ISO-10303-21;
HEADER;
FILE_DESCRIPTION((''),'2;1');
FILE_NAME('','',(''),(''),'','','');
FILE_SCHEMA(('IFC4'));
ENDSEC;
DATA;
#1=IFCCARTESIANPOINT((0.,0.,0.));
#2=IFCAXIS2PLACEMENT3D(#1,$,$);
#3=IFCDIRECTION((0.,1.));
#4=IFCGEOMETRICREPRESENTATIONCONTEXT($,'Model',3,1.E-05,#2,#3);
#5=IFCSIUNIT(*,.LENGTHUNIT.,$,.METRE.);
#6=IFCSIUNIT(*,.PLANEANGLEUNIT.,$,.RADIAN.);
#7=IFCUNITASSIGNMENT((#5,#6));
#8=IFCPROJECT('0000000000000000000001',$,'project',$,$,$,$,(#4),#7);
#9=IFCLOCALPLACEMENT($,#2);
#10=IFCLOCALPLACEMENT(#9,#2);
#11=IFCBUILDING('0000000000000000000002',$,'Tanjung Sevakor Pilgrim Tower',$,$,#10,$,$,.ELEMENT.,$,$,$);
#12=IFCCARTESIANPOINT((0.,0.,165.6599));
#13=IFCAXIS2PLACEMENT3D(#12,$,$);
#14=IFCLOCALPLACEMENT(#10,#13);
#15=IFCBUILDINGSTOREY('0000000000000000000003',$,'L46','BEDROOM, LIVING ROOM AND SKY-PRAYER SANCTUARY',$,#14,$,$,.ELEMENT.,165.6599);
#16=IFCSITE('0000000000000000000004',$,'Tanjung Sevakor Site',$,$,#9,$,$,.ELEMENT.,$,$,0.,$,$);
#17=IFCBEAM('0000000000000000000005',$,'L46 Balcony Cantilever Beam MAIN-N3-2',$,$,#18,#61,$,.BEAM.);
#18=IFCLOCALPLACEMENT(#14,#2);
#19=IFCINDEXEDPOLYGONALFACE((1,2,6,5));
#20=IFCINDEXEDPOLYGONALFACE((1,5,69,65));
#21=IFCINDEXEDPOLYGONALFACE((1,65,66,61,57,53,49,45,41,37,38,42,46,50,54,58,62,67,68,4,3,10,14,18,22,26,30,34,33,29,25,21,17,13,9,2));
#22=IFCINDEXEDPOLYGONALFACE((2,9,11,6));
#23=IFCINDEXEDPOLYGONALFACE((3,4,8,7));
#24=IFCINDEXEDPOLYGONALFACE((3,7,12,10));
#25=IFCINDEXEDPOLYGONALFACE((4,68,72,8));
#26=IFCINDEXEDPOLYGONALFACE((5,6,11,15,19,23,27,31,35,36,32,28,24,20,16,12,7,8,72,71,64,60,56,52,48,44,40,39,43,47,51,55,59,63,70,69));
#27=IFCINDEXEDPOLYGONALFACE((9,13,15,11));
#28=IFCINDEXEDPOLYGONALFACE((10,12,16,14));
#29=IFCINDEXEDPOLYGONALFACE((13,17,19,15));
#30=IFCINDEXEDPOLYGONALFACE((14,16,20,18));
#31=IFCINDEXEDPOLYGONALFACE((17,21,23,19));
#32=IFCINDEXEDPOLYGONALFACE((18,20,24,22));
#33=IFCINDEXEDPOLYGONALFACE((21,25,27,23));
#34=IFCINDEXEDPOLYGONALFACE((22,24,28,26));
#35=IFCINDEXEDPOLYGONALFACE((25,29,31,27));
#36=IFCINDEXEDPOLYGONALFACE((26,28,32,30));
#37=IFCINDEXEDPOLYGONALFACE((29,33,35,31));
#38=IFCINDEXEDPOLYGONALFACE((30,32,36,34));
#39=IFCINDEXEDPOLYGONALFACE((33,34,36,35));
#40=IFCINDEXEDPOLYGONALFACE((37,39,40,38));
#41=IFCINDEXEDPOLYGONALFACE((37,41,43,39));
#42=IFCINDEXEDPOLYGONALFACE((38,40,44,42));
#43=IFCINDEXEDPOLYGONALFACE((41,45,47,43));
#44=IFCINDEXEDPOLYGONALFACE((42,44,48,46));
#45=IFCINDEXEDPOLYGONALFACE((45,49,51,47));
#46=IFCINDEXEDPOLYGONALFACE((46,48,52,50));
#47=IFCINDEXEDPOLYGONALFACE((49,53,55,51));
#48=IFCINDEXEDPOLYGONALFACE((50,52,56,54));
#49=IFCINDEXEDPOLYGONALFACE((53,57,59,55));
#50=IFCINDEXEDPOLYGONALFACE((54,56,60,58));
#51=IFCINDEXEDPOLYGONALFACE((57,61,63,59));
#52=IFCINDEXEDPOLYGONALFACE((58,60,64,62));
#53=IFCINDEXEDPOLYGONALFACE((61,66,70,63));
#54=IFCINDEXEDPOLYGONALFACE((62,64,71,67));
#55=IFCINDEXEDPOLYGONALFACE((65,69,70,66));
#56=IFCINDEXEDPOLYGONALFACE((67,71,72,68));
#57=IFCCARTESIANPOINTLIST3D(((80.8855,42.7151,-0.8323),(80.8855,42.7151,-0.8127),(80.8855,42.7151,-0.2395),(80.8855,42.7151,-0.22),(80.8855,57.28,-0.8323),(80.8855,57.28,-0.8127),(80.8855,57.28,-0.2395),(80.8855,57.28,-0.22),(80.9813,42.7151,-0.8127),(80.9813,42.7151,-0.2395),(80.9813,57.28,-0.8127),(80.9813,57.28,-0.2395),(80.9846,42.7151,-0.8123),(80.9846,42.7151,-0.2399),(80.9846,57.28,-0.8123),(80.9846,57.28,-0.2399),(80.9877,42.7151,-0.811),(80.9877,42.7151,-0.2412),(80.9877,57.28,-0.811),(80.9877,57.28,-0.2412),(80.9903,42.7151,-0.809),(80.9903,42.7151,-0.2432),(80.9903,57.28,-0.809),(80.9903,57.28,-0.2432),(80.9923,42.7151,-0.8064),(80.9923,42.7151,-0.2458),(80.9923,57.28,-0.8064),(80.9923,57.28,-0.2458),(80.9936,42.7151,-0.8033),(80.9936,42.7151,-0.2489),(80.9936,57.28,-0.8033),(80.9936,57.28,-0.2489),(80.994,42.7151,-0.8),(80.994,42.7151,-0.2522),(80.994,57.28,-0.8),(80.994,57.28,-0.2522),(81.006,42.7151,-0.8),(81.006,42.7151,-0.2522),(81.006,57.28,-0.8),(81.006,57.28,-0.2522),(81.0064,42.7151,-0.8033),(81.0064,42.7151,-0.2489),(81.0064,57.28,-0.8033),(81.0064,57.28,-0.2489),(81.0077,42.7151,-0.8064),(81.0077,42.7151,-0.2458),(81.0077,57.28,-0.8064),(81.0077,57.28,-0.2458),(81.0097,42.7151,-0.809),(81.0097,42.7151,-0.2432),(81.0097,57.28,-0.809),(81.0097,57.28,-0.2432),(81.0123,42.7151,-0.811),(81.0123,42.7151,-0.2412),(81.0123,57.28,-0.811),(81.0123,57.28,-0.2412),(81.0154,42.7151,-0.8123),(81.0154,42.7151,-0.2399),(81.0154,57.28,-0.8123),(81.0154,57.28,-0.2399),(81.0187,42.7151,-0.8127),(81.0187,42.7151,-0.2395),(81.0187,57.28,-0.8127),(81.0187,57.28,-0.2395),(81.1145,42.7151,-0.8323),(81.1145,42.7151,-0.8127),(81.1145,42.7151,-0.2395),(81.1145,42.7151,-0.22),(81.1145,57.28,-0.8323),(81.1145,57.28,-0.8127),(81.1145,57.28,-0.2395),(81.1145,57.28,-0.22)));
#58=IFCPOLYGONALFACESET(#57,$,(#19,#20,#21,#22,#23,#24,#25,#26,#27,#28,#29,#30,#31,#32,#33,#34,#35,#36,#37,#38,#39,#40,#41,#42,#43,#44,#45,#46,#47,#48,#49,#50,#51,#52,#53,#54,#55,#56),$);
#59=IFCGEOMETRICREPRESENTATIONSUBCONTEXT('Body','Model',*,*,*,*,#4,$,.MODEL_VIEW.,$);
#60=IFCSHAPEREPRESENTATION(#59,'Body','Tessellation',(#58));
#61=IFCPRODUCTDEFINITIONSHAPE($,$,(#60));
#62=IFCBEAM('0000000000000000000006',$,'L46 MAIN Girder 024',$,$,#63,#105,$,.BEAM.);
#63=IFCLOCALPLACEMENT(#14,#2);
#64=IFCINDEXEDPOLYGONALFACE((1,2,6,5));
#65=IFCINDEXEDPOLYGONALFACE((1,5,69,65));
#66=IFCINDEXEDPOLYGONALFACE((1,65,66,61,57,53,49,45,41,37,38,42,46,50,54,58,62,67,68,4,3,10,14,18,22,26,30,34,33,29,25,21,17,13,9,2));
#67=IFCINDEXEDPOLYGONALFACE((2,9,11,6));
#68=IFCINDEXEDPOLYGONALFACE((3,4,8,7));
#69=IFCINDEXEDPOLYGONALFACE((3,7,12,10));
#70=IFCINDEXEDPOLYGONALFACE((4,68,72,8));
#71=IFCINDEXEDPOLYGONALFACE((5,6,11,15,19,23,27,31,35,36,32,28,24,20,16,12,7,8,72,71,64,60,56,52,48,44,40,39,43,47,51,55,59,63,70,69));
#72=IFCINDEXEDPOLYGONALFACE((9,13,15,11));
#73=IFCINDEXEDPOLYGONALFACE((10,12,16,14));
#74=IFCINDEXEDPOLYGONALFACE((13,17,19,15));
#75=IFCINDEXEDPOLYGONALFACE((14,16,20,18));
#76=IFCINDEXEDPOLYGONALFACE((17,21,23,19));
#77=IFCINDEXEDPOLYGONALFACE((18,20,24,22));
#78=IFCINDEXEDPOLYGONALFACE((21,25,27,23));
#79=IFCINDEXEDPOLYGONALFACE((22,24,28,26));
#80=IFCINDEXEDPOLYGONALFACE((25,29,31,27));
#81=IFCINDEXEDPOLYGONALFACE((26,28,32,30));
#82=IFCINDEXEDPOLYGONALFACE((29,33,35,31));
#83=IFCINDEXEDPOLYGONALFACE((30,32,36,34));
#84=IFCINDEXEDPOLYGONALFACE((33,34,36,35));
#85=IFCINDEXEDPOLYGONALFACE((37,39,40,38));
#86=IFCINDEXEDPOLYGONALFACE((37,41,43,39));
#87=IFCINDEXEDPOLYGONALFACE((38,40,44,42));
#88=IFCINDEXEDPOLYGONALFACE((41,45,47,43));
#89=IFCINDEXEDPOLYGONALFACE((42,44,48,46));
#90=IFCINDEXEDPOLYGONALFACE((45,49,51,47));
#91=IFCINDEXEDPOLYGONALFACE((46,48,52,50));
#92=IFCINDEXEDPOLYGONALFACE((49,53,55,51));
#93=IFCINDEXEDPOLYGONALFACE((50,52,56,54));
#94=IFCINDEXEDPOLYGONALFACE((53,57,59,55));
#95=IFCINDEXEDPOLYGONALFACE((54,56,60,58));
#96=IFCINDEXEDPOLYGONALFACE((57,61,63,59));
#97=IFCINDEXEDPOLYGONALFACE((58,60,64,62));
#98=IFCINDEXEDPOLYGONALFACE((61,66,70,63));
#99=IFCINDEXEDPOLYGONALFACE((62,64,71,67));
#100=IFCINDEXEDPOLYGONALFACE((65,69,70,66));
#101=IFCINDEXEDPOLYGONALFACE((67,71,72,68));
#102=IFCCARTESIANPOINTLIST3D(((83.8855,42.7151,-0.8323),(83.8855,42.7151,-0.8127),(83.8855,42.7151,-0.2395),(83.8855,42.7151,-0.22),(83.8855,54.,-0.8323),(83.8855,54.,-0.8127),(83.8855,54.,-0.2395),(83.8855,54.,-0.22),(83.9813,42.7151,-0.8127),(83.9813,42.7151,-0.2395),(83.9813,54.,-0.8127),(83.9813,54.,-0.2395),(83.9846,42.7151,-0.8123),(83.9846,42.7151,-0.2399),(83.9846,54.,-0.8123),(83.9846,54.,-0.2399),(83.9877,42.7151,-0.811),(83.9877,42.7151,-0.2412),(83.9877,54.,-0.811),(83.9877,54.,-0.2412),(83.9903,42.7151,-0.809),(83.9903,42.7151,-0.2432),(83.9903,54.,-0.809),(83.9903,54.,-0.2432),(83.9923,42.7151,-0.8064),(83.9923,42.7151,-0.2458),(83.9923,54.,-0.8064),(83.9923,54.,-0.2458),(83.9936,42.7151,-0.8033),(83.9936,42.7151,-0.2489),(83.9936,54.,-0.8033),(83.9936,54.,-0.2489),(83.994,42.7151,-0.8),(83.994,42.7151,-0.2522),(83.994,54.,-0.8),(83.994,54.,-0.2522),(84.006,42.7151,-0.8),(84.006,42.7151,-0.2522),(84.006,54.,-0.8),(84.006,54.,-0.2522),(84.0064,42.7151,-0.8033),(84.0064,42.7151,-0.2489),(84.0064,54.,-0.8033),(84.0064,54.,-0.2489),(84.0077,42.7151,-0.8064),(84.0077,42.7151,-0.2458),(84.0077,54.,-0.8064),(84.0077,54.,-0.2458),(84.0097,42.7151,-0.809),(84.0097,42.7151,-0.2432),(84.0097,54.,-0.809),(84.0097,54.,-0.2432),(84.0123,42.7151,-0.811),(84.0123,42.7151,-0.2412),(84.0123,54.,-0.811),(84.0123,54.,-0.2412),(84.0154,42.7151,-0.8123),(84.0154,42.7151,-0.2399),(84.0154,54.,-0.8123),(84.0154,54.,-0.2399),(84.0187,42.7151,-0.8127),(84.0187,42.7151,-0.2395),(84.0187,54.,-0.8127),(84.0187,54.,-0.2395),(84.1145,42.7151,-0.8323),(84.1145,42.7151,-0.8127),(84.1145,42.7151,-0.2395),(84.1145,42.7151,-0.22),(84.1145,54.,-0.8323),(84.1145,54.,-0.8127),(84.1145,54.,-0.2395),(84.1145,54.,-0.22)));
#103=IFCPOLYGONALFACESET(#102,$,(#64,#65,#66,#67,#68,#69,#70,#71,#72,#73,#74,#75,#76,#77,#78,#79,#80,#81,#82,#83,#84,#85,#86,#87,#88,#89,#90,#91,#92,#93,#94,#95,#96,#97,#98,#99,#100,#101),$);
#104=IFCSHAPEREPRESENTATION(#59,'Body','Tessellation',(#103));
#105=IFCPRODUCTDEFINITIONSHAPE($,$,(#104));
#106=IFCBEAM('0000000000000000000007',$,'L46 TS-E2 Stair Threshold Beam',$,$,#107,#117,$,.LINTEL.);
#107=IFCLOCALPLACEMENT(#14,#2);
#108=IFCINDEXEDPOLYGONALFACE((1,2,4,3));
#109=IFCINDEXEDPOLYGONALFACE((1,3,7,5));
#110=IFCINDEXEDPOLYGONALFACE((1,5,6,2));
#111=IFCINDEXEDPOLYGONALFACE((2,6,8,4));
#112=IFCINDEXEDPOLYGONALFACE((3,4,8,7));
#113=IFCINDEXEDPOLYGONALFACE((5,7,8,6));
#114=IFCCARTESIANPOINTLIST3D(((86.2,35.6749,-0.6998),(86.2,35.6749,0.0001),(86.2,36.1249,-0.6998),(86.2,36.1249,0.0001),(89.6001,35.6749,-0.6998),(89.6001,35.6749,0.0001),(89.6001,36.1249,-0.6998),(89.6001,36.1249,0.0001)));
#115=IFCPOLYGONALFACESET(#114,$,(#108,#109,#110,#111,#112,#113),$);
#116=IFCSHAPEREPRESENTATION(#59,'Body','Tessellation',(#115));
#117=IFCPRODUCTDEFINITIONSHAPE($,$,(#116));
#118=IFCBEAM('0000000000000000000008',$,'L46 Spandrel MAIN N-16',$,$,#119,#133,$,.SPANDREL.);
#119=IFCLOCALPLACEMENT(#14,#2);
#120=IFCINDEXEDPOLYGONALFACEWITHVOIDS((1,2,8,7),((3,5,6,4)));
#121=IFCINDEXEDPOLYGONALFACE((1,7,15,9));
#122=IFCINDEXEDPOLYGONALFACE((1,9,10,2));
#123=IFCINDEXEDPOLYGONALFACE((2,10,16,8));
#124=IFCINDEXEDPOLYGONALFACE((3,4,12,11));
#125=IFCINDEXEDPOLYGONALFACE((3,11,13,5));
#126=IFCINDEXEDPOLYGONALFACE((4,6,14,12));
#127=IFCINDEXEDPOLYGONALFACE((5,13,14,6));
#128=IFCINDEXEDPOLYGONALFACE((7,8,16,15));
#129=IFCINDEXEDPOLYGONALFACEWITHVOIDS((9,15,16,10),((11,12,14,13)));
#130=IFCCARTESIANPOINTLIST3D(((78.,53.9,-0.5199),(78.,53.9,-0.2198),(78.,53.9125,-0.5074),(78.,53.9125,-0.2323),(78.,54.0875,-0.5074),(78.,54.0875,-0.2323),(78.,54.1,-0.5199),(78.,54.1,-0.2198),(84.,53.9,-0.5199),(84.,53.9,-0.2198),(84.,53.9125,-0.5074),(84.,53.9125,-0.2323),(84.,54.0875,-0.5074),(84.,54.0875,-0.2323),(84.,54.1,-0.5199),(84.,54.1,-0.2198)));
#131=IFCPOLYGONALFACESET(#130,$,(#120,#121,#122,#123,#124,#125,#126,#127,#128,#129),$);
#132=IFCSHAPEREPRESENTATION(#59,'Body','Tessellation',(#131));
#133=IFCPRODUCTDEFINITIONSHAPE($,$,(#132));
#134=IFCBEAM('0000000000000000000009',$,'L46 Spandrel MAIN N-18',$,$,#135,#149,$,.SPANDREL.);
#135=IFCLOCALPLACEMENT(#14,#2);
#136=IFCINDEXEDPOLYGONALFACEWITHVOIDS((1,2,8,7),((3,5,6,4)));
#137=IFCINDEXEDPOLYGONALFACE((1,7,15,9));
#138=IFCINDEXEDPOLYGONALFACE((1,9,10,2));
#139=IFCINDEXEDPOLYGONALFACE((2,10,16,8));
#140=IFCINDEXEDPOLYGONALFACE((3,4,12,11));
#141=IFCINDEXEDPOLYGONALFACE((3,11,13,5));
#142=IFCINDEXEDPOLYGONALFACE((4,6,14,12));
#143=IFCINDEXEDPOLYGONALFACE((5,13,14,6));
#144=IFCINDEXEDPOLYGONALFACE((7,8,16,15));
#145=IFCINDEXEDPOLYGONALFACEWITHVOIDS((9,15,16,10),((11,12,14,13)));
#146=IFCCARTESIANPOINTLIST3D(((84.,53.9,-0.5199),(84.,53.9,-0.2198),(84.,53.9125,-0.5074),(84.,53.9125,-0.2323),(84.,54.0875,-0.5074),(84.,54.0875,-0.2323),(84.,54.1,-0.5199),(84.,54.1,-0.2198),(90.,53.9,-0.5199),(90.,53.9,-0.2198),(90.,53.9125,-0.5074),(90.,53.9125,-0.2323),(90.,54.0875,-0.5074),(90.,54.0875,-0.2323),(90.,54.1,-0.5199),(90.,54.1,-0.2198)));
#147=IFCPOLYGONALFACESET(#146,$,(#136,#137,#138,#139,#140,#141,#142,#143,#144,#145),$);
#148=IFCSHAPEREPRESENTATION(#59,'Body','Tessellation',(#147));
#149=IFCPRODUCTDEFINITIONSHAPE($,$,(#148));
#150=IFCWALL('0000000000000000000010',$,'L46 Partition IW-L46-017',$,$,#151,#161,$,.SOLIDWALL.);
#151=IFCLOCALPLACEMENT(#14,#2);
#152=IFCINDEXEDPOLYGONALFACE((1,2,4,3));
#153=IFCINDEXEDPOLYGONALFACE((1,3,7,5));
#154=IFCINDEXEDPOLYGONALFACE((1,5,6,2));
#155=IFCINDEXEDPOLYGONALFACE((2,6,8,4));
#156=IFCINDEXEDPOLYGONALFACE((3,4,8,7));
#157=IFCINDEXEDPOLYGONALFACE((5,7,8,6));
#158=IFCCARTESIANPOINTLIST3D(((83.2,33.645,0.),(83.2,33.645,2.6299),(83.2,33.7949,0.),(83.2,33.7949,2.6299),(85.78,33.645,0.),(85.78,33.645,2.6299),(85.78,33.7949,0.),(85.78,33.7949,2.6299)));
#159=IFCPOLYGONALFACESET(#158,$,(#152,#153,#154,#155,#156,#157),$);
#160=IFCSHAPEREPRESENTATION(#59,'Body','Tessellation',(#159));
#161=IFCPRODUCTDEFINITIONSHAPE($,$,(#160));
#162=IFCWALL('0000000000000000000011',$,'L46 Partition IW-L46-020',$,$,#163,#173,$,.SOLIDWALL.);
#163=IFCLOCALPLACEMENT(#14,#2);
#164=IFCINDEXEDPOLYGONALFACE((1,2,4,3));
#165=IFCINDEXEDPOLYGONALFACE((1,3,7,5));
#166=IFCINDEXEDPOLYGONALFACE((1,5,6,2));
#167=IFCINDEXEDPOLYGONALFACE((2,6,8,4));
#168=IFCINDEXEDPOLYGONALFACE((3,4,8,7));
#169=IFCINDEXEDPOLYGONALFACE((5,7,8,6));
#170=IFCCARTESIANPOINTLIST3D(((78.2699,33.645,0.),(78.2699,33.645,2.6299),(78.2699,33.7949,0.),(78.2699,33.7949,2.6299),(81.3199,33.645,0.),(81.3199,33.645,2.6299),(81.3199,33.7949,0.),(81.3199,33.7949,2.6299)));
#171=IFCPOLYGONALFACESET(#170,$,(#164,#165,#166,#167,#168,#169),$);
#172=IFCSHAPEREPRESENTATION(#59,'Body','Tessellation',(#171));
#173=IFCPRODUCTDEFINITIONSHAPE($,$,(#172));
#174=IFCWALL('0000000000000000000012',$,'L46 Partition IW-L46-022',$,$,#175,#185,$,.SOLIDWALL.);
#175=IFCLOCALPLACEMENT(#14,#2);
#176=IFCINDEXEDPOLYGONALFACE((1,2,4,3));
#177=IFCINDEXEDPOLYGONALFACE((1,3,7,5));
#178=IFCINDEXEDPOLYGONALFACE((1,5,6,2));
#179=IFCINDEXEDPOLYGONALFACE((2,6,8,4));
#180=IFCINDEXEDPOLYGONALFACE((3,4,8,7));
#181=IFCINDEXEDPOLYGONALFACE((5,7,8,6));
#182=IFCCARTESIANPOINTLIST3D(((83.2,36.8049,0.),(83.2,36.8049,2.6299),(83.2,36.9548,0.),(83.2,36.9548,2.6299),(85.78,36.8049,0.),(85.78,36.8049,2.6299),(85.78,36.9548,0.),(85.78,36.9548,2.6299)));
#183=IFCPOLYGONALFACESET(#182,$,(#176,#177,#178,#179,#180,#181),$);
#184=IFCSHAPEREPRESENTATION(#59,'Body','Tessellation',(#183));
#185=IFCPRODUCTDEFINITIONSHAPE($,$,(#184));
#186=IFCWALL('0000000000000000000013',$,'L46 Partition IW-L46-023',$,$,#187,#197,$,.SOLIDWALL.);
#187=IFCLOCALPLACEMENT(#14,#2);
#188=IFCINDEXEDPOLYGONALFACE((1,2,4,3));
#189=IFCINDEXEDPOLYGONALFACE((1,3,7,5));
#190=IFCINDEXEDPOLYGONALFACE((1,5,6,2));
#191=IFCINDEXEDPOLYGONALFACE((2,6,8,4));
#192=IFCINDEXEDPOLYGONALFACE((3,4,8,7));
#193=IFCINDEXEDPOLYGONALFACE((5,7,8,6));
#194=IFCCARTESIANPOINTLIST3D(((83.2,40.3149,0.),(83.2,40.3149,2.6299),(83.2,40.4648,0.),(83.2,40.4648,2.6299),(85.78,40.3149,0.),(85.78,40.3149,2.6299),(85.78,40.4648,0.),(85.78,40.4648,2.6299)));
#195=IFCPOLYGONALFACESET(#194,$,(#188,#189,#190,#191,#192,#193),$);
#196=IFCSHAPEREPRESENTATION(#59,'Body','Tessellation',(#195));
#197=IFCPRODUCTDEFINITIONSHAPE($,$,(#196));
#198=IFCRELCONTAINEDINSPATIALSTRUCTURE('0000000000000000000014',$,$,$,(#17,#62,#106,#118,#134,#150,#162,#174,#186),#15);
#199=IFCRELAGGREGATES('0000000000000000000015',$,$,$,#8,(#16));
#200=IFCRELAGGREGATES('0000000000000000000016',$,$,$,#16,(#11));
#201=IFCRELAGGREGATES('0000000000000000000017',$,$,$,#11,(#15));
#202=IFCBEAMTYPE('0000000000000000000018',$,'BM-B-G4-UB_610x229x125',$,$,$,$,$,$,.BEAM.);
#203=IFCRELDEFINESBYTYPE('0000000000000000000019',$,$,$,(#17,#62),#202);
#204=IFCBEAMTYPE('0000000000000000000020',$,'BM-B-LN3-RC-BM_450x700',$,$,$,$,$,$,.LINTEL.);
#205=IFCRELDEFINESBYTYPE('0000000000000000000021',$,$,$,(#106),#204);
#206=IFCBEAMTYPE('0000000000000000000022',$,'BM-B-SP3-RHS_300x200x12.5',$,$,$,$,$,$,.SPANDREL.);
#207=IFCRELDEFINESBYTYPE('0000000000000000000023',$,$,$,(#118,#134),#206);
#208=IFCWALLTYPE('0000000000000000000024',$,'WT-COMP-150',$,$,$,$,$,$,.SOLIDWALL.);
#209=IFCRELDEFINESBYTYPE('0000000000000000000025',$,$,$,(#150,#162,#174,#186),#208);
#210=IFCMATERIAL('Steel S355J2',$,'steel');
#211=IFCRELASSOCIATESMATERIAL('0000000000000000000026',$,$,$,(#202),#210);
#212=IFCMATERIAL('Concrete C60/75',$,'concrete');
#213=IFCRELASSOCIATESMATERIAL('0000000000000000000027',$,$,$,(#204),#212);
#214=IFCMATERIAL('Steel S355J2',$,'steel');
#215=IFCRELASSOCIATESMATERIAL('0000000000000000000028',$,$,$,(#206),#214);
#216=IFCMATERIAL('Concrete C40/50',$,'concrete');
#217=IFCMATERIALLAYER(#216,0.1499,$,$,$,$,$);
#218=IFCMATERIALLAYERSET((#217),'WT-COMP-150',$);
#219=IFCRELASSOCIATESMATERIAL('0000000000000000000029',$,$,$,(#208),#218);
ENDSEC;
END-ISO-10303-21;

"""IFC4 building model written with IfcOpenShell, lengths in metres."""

from ifc_helpers import new_model, si_unit, direction, frame, frame_2d, origin, origin_2d, place, context, subcontext, project, spatial, rectangle, hollow_rectangle, i_section, extrude, material, layer, layer_set, material_profile, profile_set, type_object, element, save


model = new_model("IFC4")

# Units and contexts
model_context = context("Model", 3, precision=1e-05, world=origin(), true_north=direction((0.0, 1.0)))
body_context = subcontext(model_context, "Body", "Model", "MODEL_VIEW")
ifc_project = project(units=[si_unit("LENGTHUNIT", "METRE"), si_unit("PLANEANGLEUNIT", "RADIAN")], contexts=[model_context])

# Site, building, storey
site_placement = place(None, origin())
site = spatial("IfcSite", under=ifc_project, at=site_placement, Name="Tanjung Sevakor Site", CompositionType="ELEMENT", RefElevation=0.0)
building_placement = place(site_placement, origin())
building = spatial("IfcBuilding", under=site, at=building_placement, Name="Tanjung Sevakor Pilgrim Tower", CompositionType="ELEMENT")
storey_placement = place(building_placement, frame((0.0, 0.0, 165.6599)))
storey = spatial("IfcBuildingStorey", under=building, at=storey_placement, Name="L46", Description="BEDROOM, LIVING ROOM AND SKY-PRAYER SANCTUARY", CompositionType="ELEMENT", Elevation=165.6599)

# Beams
ifc_material_1 = material(Name="Steel S355J2", Category="steel")
ifc_material_profile_1 = material_profile(ifc_material_1, i_section(OverallWidth=0.229, OverallDepth=0.6123, WebThickness=0.012, FlangeThickness=0.0195, FilletRadius=0.0127, at=origin_2d()))
ifc_profile_set_1 = profile_set([ifc_material_profile_1], Name="Steel S355J2")
beam_type_1 = type_object("IfcBeamType", Name="BM-B-G4-UB_610x229x125", PredefinedType="BEAM", material=ifc_profile_set_1)
beam_1_placement = place(storey_placement, frame((81.0, 42.7151, -0.5261), z_axis=(0.0, 1.0, 0.0), x_axis=(-1.0, 0.0, 0.0)))
element("IfcBeam", 1, at=beam_1_placement, inside=storey, type_object=beam_type_1, Name="L46 Balcony Cantilever Beam MAIN-N3-2", PredefinedType="BEAM", context=body_context, shape_type="SweptSolid", body=[
    extrude(i_section(OverallWidth=0.229, OverallDepth=0.6123, WebThickness=0.012, FlangeThickness=0.0195, FilletRadius=0.0127, at=origin_2d()), origin(), (0.0, 0.0, 1.0), 14.5649),
])
beam_2_placement = place(storey_placement, frame((84.0, 42.7151, -0.5261), z_axis=(0.0, 1.0, 0.0), x_axis=(-1.0, 0.0, 0.0)))
element("IfcBeam", 2, at=beam_2_placement, inside=storey, type_object=beam_type_1, Name="L46 MAIN Girder 024", PredefinedType="BEAM", context=body_context, shape_type="SweptSolid", body=[
    extrude(i_section(OverallWidth=0.229, OverallDepth=0.6123, WebThickness=0.012, FlangeThickness=0.0195, FilletRadius=0.0127, at=origin_2d()), origin(), (0.0, 0.0, 1.0), 11.2849),
])
ifc_material_2 = material(Name="Concrete C60/75", Category="concrete")
ifc_material_profile_2 = material_profile(ifc_material_2, rectangle(XDim=0.45, YDim=0.7, at=origin_2d()))
ifc_profile_set_2 = profile_set([ifc_material_profile_2], Name="Concrete C60/75")
beam_type_2 = type_object("IfcBeamType", Name="BM-B-LN3-RC-BM_450x700", PredefinedType="LINTEL", material=ifc_profile_set_2)
beam_3_placement = place(storey_placement, frame((86.2, 35.8999, -0.3499), z_axis=(1.0, 0.0, 0.0), x_axis=(0.0, 1.0, 0.0)))
element("IfcBeam", 3, at=beam_3_placement, inside=storey, type_object=beam_type_2, Name="L46 TS-E2 Stair Threshold Beam", PredefinedType="LINTEL", context=body_context, shape_type="SweptSolid", body=[
    extrude(rectangle(XDim=0.45, YDim=0.7, at=origin_2d()), origin(), (0.0, 0.0, 1.0), 3.4001),
])
ifc_material_3 = material(Name="Steel S355J2", Category="steel")
ifc_material_profile_3 = material_profile(ifc_material_3, hollow_rectangle(XDim=0.2, YDim=0.3, WallThickness=0.0125, at=origin_2d()))
ifc_profile_set_3 = profile_set([ifc_material_profile_3], Name="Steel S355J2")
beam_type_3 = type_object("IfcBeamType", Name="BM-B-SP3-RHS_300x200x12.5", PredefinedType="SPANDREL", material=ifc_profile_set_3)
for number, where, z_axis, x_axis, name in (
    (4, (78.0, 54.0, -0.3699), (1.0, 0.0, 0.0), (0.0, 1.0, 0.0), "L46 Spandrel MAIN N-16"),
    (5, (84.0, 54.0, -0.3699), (1.0, 0.0, 0.0), (0.0, 1.0, 0.0), "L46 Spandrel MAIN N-18"),
):
    element("IfcBeam", number, at=place(storey_placement, frame(where, z_axis=z_axis, x_axis=x_axis)), inside=storey, type_object=beam_type_3, Name=name, PredefinedType="SPANDREL", context=body_context, shape_type="SweptSolid", body=[
        extrude(hollow_rectangle(XDim=0.2, YDim=0.3, WallThickness=0.0125, at=origin_2d()), origin(), (0.0, 0.0, 1.0), 6.0),
    ])

# Walls
ifc_material_4 = material(Name="Concrete C40/50", Category="concrete")
ifc_layer_1 = layer(ifc_material_4, 0.1499)
ifc_layer_set_1 = layer_set([ifc_layer_1], Name="WT-COMP-150")
wall_type_1 = type_object("IfcWallType", Name="WT-COMP-150", PredefinedType="SOLIDWALL", material=ifc_layer_set_1)
wall_1_placement = place(storey_placement, frame((83.2, 33.72, 0.0), z_axis=(0.0, 0.0, 1.0), x_axis=(1.0, 0.0, 0.0)))
element("IfcWall", 6, at=wall_1_placement, inside=storey, type_object=wall_type_1, Name="L46 Partition IW-L46-017", PredefinedType="SOLIDWALL", context=body_context, shape_type="SweptSolid", body=[
    extrude(rectangle(XDim=2.5801, YDim=0.1499, at=frame_2d((1.29, 0.0))), origin(), (0.0, 0.0, 1.0), 2.6299),
])
wall_2_placement = place(storey_placement, frame((78.27, 33.72, 0.0), z_axis=(0.0, 0.0, 1.0), x_axis=(1.0, 0.0, 0.0)))
element("IfcWall", 7, at=wall_2_placement, inside=storey, type_object=wall_type_1, Name="L46 Partition IW-L46-020", PredefinedType="SOLIDWALL", context=body_context, shape_type="SweptSolid", body=[
    extrude(rectangle(XDim=3.05, YDim=0.1499, at=frame_2d((1.5249, 0.0))), origin(), (0.0, 0.0, 1.0), 2.6299),
])
for number, where, z_axis, x_axis, name in (
    (8, (83.2, 36.8799, 0.0), (0.0, 0.0, 1.0), (1.0, 0.0, 0.0), "L46 Partition IW-L46-022"),
    (9, (83.2, 40.3899, 0.0), (0.0, 0.0, 1.0), (1.0, 0.0, 0.0), "L46 Partition IW-L46-023"),
):
    element("IfcWall", number, at=place(storey_placement, frame(where, z_axis=z_axis, x_axis=x_axis)), inside=storey, type_object=wall_type_1, Name=name, PredefinedType="SOLIDWALL", context=body_context, shape_type="SweptSolid", body=[
        extrude(rectangle(XDim=2.5801, YDim=0.1499, at=frame_2d((1.29, 0.0))), origin(), (0.0, 0.0, 1.0), 2.6299),
    ])

save(model, "model.ifc")
